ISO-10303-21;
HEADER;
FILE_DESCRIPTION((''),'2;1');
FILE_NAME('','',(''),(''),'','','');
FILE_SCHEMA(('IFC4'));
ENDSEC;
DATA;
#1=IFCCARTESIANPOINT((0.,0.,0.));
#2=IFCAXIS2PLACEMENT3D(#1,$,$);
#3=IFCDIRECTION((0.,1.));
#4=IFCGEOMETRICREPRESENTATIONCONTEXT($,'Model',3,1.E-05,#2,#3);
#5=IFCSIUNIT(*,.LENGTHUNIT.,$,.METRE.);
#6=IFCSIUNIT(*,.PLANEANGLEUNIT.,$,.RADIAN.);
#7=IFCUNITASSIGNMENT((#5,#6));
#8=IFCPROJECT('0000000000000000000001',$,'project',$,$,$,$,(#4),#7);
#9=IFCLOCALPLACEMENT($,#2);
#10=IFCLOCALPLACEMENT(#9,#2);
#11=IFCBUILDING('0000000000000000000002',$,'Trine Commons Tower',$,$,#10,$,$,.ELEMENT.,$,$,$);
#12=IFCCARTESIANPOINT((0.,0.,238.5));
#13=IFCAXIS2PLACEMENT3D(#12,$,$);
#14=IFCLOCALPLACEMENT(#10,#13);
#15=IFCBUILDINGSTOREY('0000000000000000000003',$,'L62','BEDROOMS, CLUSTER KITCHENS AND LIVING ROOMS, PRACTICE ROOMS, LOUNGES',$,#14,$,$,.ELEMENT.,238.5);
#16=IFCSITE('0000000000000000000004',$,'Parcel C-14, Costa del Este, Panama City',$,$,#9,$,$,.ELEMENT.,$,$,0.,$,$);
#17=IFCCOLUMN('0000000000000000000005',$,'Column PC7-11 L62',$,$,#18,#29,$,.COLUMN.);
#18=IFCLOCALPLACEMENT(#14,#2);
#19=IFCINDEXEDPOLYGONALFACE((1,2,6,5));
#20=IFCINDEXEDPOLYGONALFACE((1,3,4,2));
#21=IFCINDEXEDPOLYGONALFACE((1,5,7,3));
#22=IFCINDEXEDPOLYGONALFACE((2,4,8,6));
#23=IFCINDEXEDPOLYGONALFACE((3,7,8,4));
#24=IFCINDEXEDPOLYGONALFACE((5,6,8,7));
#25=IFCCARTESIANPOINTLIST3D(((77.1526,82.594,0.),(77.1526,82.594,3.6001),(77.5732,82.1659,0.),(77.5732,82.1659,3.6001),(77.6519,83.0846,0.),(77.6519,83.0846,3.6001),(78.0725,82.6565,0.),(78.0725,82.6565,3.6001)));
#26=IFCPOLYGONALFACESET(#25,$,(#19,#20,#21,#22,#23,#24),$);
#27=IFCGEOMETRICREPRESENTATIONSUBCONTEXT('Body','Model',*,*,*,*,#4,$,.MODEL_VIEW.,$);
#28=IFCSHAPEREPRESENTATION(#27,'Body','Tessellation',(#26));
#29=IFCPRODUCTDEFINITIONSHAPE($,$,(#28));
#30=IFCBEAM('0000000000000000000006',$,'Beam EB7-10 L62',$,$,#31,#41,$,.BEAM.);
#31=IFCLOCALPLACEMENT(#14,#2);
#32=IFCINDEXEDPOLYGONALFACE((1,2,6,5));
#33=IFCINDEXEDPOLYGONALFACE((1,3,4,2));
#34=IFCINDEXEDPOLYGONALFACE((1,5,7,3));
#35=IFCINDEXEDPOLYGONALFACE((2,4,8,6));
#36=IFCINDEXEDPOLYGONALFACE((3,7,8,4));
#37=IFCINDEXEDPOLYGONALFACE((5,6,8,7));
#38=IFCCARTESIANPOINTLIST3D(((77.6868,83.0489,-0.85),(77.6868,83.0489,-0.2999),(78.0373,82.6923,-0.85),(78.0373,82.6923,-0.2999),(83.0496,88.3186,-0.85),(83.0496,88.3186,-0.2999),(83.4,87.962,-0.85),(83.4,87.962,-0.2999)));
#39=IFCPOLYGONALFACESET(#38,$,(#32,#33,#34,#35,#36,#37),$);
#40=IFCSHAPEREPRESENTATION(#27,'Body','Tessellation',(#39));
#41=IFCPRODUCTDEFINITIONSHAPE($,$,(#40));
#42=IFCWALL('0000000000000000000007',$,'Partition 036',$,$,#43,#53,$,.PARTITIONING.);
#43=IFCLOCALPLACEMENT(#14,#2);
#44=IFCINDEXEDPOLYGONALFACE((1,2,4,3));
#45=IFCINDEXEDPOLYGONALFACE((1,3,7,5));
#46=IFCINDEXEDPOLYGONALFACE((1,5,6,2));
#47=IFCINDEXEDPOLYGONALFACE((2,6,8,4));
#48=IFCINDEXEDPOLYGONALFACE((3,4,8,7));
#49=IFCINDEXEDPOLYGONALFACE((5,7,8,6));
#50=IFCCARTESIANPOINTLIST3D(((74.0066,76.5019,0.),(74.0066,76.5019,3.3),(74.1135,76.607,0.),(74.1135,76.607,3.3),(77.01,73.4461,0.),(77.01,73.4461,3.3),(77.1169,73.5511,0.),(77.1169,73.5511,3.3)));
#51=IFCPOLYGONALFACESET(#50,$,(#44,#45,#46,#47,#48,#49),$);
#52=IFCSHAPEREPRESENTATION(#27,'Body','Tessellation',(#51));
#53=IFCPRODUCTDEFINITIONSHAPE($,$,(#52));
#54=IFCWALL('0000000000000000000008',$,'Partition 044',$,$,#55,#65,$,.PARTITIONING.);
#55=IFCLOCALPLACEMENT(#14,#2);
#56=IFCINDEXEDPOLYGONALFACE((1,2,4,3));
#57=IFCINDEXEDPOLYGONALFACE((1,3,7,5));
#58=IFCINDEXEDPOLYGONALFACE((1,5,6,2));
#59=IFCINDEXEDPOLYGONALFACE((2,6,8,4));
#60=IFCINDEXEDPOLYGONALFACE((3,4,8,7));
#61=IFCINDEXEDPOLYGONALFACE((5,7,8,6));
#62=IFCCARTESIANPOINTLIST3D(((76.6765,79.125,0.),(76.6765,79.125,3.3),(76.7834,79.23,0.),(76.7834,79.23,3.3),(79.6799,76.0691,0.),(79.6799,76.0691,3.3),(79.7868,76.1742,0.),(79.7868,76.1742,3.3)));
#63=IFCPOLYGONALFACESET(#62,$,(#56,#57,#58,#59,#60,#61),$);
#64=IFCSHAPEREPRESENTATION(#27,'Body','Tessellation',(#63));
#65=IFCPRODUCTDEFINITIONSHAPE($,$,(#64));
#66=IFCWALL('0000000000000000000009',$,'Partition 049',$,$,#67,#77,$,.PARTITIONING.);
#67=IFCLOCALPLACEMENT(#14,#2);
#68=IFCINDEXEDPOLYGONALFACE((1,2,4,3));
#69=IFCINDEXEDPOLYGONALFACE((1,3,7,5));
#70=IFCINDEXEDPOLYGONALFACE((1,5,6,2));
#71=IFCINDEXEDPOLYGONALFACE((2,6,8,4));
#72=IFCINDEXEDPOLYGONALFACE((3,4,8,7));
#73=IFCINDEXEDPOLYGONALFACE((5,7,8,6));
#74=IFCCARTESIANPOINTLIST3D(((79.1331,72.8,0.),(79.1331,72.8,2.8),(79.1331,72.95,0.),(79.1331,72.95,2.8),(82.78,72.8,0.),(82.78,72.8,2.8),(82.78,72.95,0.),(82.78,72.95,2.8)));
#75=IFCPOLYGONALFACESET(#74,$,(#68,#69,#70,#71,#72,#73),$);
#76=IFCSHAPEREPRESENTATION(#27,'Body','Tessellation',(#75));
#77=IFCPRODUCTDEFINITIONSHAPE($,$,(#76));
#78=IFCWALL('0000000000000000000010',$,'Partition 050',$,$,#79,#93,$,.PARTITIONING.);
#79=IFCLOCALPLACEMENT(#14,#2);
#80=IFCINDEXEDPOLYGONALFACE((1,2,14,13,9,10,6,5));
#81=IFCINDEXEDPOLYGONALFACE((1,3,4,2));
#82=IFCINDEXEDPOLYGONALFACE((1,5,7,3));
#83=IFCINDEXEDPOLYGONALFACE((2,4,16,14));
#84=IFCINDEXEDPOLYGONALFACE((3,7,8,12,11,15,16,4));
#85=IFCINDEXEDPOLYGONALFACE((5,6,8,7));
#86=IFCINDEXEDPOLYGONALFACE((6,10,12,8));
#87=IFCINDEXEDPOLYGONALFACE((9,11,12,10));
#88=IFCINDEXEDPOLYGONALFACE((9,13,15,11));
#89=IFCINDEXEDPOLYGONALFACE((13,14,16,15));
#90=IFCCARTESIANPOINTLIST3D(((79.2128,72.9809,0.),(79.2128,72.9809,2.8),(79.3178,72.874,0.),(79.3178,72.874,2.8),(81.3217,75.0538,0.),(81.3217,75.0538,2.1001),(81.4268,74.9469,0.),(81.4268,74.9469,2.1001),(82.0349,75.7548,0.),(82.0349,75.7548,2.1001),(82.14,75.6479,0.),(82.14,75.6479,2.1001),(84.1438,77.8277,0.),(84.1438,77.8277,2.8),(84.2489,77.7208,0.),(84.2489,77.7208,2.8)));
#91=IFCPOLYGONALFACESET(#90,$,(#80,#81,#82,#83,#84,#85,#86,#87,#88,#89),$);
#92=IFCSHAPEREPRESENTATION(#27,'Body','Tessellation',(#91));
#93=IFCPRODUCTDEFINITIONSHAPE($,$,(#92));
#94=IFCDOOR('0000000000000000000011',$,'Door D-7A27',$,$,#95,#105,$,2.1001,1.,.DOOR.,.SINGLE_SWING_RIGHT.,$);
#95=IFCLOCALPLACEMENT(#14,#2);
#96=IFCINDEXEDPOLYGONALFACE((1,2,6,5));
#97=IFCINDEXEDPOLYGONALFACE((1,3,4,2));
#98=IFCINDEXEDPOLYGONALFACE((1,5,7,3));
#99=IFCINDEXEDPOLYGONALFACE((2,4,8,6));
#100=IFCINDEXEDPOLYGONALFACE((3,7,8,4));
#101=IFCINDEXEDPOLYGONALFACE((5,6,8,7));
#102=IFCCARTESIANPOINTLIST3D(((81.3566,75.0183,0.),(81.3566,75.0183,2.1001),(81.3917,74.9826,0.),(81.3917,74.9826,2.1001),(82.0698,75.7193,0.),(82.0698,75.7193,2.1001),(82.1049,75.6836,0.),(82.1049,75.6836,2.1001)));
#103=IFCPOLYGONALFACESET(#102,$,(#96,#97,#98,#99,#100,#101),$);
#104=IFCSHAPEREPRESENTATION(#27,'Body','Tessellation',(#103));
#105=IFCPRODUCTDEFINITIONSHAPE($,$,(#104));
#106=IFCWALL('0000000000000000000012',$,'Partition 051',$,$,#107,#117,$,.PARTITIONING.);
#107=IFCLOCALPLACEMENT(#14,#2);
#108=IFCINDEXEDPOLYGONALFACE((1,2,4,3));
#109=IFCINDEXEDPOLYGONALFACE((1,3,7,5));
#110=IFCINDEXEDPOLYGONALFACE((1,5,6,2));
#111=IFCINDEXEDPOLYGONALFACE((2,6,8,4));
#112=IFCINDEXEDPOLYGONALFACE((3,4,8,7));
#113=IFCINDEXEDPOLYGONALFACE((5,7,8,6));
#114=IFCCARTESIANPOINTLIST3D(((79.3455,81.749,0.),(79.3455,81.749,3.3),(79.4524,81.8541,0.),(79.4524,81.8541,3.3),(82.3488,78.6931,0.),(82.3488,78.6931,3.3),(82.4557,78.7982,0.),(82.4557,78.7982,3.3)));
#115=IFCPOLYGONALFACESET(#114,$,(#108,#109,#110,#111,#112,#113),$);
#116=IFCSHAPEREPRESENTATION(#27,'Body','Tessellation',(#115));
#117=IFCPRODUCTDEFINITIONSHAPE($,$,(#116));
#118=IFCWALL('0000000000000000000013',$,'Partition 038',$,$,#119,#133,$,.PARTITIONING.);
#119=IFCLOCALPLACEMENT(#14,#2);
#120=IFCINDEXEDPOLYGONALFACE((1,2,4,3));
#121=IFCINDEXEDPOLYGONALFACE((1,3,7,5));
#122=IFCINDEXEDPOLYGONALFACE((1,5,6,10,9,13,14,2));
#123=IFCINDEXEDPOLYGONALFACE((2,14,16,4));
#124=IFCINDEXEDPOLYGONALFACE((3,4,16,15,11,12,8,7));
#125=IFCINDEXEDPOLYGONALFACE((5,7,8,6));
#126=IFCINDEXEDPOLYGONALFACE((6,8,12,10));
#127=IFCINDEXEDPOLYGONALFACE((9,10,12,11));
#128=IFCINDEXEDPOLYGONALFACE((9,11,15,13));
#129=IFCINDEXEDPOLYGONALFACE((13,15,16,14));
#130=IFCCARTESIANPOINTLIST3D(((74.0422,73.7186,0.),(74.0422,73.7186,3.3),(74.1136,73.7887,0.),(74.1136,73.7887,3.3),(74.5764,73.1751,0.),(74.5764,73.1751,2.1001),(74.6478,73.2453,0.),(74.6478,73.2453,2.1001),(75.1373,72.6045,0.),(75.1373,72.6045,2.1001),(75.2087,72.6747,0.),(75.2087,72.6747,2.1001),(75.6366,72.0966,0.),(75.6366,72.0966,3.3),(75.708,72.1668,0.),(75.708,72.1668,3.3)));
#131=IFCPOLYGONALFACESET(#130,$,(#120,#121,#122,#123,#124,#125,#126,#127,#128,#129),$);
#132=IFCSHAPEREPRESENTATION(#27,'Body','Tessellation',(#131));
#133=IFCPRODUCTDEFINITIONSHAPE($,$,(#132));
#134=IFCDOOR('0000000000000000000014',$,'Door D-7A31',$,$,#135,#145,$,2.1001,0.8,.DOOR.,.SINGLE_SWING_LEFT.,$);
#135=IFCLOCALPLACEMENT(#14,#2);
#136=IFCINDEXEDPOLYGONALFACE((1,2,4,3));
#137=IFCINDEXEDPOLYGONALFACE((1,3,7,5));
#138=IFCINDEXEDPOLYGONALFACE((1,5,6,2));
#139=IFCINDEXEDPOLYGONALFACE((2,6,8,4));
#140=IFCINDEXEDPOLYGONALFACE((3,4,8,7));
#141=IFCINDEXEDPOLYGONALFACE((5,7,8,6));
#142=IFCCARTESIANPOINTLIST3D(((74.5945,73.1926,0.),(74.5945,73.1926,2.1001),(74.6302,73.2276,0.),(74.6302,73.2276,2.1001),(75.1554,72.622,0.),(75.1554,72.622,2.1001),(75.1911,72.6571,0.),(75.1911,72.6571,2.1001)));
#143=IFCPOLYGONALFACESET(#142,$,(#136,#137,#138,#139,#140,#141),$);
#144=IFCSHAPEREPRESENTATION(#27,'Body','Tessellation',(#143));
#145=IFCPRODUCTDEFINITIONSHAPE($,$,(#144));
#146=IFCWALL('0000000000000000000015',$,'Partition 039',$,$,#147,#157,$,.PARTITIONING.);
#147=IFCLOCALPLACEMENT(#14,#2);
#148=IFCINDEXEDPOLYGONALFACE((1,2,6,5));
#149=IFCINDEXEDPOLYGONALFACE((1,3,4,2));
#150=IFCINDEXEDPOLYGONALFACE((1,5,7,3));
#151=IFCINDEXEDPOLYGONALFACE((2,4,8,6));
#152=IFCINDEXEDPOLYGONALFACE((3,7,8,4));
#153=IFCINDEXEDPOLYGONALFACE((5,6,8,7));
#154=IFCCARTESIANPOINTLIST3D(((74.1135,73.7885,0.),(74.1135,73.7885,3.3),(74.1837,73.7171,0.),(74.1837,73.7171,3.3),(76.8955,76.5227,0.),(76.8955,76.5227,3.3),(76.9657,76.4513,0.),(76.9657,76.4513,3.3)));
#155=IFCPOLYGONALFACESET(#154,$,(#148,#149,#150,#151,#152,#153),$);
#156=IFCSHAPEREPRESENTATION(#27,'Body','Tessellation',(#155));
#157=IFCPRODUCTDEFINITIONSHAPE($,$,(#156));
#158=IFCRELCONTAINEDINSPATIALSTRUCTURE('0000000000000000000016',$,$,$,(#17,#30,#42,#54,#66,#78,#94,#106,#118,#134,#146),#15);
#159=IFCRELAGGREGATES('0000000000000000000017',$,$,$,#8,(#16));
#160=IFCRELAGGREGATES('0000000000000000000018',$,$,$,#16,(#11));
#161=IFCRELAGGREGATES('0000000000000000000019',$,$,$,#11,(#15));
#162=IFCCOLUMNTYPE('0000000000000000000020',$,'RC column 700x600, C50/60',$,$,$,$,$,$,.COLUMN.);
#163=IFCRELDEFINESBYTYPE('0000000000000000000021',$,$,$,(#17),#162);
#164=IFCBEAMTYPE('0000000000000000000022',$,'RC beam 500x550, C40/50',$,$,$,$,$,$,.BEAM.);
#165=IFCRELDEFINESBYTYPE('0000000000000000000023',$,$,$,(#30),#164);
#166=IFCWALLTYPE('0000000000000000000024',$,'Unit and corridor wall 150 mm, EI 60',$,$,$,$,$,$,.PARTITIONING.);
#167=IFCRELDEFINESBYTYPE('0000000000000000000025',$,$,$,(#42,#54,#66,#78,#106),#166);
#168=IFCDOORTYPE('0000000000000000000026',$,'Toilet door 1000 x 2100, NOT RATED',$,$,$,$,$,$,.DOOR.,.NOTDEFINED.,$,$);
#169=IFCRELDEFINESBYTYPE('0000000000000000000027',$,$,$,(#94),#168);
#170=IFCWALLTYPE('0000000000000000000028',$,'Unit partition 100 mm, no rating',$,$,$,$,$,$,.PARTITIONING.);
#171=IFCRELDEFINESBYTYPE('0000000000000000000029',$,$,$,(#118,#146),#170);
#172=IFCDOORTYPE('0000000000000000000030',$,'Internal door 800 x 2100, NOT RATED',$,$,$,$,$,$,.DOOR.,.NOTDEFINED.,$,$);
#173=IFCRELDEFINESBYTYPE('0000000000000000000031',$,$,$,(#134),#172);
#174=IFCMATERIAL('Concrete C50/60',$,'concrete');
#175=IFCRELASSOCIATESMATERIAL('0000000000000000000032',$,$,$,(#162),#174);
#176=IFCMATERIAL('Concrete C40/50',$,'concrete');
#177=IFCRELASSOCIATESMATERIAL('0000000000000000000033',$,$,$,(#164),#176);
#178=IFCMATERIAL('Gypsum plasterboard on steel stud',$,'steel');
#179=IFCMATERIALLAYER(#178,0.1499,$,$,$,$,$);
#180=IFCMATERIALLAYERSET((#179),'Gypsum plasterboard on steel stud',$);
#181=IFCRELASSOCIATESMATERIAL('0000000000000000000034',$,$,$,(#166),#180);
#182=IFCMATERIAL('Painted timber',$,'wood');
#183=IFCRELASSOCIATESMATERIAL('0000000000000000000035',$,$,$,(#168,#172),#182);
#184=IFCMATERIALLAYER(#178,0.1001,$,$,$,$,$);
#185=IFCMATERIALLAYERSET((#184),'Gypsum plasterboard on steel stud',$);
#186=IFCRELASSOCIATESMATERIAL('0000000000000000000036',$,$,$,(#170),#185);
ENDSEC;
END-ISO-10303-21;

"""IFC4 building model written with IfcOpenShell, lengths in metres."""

from ifc_helpers import new_model, si_unit, direction, frame, frame_2d, origin, origin_2d, place, context, subcontext, project, spatial, rectangle, extrude, material, layer, layer_set, material_profile, profile_set, type_object, element, fill, save


model = new_model("IFC4")

# Units and contexts
model_context = context("Model", 3, precision=1e-05, world=origin(), true_north=direction((0.0, 1.0)))
body_context = subcontext(model_context, "Body", "Model", "MODEL_VIEW")
ifc_project = project(units=[si_unit("LENGTHUNIT", "METRE"), si_unit("PLANEANGLEUNIT", "RADIAN")], contexts=[model_context])

# Site, building, storey
site_placement = place(None, origin())
site = spatial("IfcSite", under=ifc_project, at=site_placement, Name="Parcel C-14, Costa del Este, Panama City", CompositionType="ELEMENT", RefElevation=0.0)
building_placement = place(site_placement, origin())
building = spatial("IfcBuilding", under=site, at=building_placement, Name="Trine Commons Tower", CompositionType="ELEMENT")
storey_placement = place(building_placement, frame((0.0, 0.0, 238.5)))
storey = spatial("IfcBuildingStorey", under=building, at=storey_placement, Name="L62", Description="BEDROOMS, CLUSTER KITCHENS AND LIVING ROOMS, PRACTICE ROOMS, LOUNGES", CompositionType="ELEMENT", Elevation=238.5)

# Column
ifc_material_1 = material(Name="Concrete C50/60", Category="concrete")
ifc_material_profile_1 = material_profile(ifc_material_1, rectangle(XDim=0.7, YDim=0.6001, at=origin_2d()), Name="RC 700x600")
ifc_profile_set_1 = profile_set([ifc_material_profile_1], Name="Concrete C50/60")
column_type = type_object("IfcColumnType", Name="RC column 700x600, C50/60", PredefinedType="COLUMN", material=ifc_profile_set_1)
column_placement = place(storey_placement, frame((77.6125, 82.6252, 0.0), z_axis=(0.0, 0.0, 1.0), x_axis=(0.71325, 0.700909, 0.0)))
element("IfcColumn", 1, at=column_placement, inside=storey, type_object=column_type, Name="Column PC7-11 L62", PredefinedType="COLUMN", context=body_context, shape_type="SweptSolid", body=[
    extrude(rectangle(XDim=0.7, YDim=0.6001, at=origin_2d()), origin(), (0.0, 0.0, 1.0), 3.6001),
])

# Beam
ifc_material_2 = material(Name="Concrete C40/50", Category="concrete")
ifc_material_profile_2 = material_profile(ifc_material_2, rectangle(XDim=0.5, YDim=0.55, at=origin_2d()), Name="RC 500x550")
ifc_profile_set_2 = profile_set([ifc_material_profile_2], Name="Concrete C40/50")
beam_type = type_object("IfcBeamType", Name="RC beam 500x550, C40/50", PredefinedType="BEAM", material=ifc_profile_set_2)
beam_placement = place(storey_placement, frame((77.8621, 82.8706, -0.575), z_axis=(0.713266, 0.700894, 0.0), x_axis=(-0.700894, 0.713266, 0.0)))
element("IfcBeam", 2, at=beam_placement, inside=storey, type_object=beam_type, Name="Beam EB7-10 L62", PredefinedType="BEAM", context=body_context, shape_type="SweptSolid", body=[
    extrude(rectangle(XDim=0.5, YDim=0.55, at=origin_2d()), origin(), (0.0, 0.0, 1.0), 7.5186),
])

# Walls
ifc_material_3 = material(Name="Gypsum plasterboard on steel stud", Category="steel")
ifc_layer_1 = layer(ifc_material_3, 0.1499)
ifc_layer_set_1 = layer_set([ifc_layer_1], Name="Gypsum plasterboard on steel stud")
wall_type_1 = type_object("IfcWallType", Name="Unit and corridor wall 150 mm, EI 60", PredefinedType="PARTITIONING", material=ifc_layer_set_1)
for number, where, z_axis, x_axis, name in (
    (3, (74.0601, 76.5544, 0.0), (0.0, 0.0, 1.0), (0.700955, -0.713205, 0.0), "Partition 036"),
    (4, (76.73, 79.1775, 0.0), (0.0, 0.0, 1.0), (0.700955, -0.713205, 0.0), "Partition 044"),
):
    element("IfcWall", number, at=place(storey_placement, frame(where, z_axis=z_axis, x_axis=x_axis)), inside=storey, type_object=wall_type_1, Name=name, PredefinedType="PARTITIONING", context=body_context, shape_type="SweptSolid", body=[
        extrude(rectangle(XDim=4.2847, YDim=0.1499, at=frame_2d((2.1423, 0.0))), origin(), (0.0, 0.0, 1.0), 3.3),
    ])
wall_1_placement = place(storey_placement, frame((79.1331, 72.875, 0.0), z_axis=(0.0, 0.0, 1.0), x_axis=(1.0, 0.0, 0.0)))
element("IfcWall", 5, at=wall_1_placement, inside=storey, type_object=wall_type_1, Name="Partition 049", PredefinedType="PARTITIONING", context=body_context, shape_type="SweptSolid", body=[
    extrude(rectangle(XDim=3.647, YDim=0.1499, at=frame_2d((1.8235, 0.0))), origin(), (0.0, 0.0, 1.0), 2.8),
])

# Wall, opening, door
wall_2_placement = place(storey_placement, frame((79.2654, 72.9275, 0.0), z_axis=(0.0, 0.0, 1.0), x_axis=(0.713171, 0.70099, 0.0)))
wall_2 = element("IfcWall", 6, at=wall_2_placement, inside=storey, type_object=wall_type_1, Name="Partition 050", PredefinedType="PARTITIONING", context=body_context, shape_type="SweptSolid", body=[
    extrude(rectangle(XDim=6.9143, YDim=0.1499, at=frame_2d((3.457, 0.0))), origin(), (0.0, 0.0, 1.0), 2.8),
])
opening_1_placement = place(wall_2_placement, frame((2.957, 0.0, 0.0)))
opening_1 = element("IfcOpeningElement", 7, at=opening_1_placement, cuts=wall_2, PredefinedType="OPENING", context=body_context, shape_type="SweptSolid", body=[
    extrude(rectangle(XDim=1.0, YDim=2.1001, at=frame_2d((0.5, 1.05))), frame((0.0, 0.085, 0.0), z_axis=(0.0, -1.0, 0.0), x_axis=(1.0, 0.0, 0.0)), (0.0, 0.0, 1.0), 0.1699),
])
ifc_material_4 = material(Name="Painted timber", Category="wood")
door_type_1 = type_object("IfcDoorType", Name="Toilet door 1000 x 2100, NOT RATED", OperationType="NOTDEFINED", PredefinedType="DOOR", material=ifc_material_4)
door_1_placement = place(opening_1_placement, frame((1.0, 0.0, 0.0), z_axis=(0.0, 0.0, 1.0), x_axis=(-1.0, 0.0, 0.0)))
door_1 = element("IfcDoor", 8, at=door_1_placement, inside=storey, type_object=door_type_1, Name="Door D-7A27", OperationType="SINGLE_SWING_RIGHT", OverallHeight=2.1001, OverallWidth=1.0, PredefinedType="DOOR", context=body_context, shape_type="SweptSolid", body=[
    extrude(rectangle(XDim=1.0, YDim=2.1001, at=frame_2d((0.5, 1.05))), frame((0.0, 0.0249, 0.0), z_axis=(0.0, -1.0, 0.0), x_axis=(1.0, 0.0, 0.0)), (0.0, 0.0, 1.0), 0.05),
])
fill(opening_1, door_1)

# Wall
wall_3_placement = place(storey_placement, frame((79.3989, 81.8015, 0.0), z_axis=(0.0, 0.0, 1.0), x_axis=(0.700955, -0.713205, 0.0)))
element("IfcWall", 9, at=wall_3_placement, inside=storey, type_object=wall_type_1, Name="Partition 051", PredefinedType="PARTITIONING", context=body_context, shape_type="SweptSolid", body=[
    extrude(rectangle(XDim=4.2847, YDim=0.1499, at=frame_2d((2.1423, 0.0))), origin(), (0.0, 0.0, 1.0), 3.3),
])

# Wall, opening, door
ifc_layer_2 = layer(ifc_material_3, 0.1001)
ifc_layer_set_2 = layer_set([ifc_layer_2], Name="Gypsum plasterboard on steel stud")
wall_type_2 = type_object("IfcWallType", Name="Unit partition 100 mm, no rating", PredefinedType="PARTITIONING", material=ifc_layer_set_2)
wall_4_placement = place(storey_placement, frame((74.0779, 73.7537, 0.0), z_axis=(0.0, 0.0, 1.0), x_axis=(0.701016, -0.713145, 0.0)))
wall_4 = element("IfcWall", 10, at=wall_4_placement, inside=storey, type_object=wall_type_2, Name="Partition 038", PredefinedType="PARTITIONING", context=body_context, shape_type="SweptSolid", body=[
    extrude(rectangle(XDim=2.2744, YDim=0.1001, at=frame_2d((1.1372, 0.0))), origin(), (0.0, 0.0, 1.0), 3.3),
])
opening_2_placement = place(wall_4_placement, frame((0.7622, 0.0, 0.0)))
opening_2 = element("IfcOpeningElement", 11, at=opening_2_placement, cuts=wall_4, PredefinedType="OPENING", context=body_context, shape_type="SweptSolid", body=[
    extrude(rectangle(XDim=0.8, YDim=2.1001, at=frame_2d((0.3999, 1.05))), frame((0.0, 0.0601, 0.0), z_axis=(0.0, -1.0, 0.0), x_axis=(1.0, 0.0, 0.0)), (0.0, 0.0, 1.0), 0.1201),
])
door_type_2 = type_object("IfcDoorType", Name="Internal door 800 x 2100, NOT RATED", OperationType="NOTDEFINED", PredefinedType="DOOR", material=ifc_material_4)
door_2_placement = place(opening_2_placement, frame((0.8, 0.0, 0.0), z_axis=(0.0, 0.0, 1.0), x_axis=(-1.0, 0.0, 0.0)))
door_2 = element("IfcDoor", 12, at=door_2_placement, inside=storey, type_object=door_type_2, Name="Door D-7A31", OperationType="SINGLE_SWING_LEFT", OverallHeight=2.1001, OverallWidth=0.8, PredefinedType="DOOR", context=body_context, shape_type="SweptSolid", body=[
    extrude(rectangle(XDim=0.8, YDim=2.1001, at=frame_2d((0.3999, 1.05))), frame((0.0, 0.0249, 0.0), z_axis=(0.0, -1.0, 0.0), x_axis=(1.0, 0.0, 0.0)), (0.0, 0.0, 1.0), 0.05),
])
fill(opening_2, door_2)

# Wall
wall_5_placement = place(storey_placement, frame((74.1487, 73.7529, 0.0), z_axis=(0.0, 0.0, 1.0), x_axis=(0.713214, 0.700946, 0.0)))
element("IfcWall", 13, at=wall_5_placement, inside=storey, type_object=wall_type_2, Name="Partition 039", PredefinedType="PARTITIONING", context=body_context, shape_type="SweptSolid", body=[
    extrude(rectangle(XDim=3.9006, YDim=0.1001, at=frame_2d((1.9502, 0.0))), origin(), (0.0, 0.0, 1.0), 3.3),
])

save(model, "model.ifc")
